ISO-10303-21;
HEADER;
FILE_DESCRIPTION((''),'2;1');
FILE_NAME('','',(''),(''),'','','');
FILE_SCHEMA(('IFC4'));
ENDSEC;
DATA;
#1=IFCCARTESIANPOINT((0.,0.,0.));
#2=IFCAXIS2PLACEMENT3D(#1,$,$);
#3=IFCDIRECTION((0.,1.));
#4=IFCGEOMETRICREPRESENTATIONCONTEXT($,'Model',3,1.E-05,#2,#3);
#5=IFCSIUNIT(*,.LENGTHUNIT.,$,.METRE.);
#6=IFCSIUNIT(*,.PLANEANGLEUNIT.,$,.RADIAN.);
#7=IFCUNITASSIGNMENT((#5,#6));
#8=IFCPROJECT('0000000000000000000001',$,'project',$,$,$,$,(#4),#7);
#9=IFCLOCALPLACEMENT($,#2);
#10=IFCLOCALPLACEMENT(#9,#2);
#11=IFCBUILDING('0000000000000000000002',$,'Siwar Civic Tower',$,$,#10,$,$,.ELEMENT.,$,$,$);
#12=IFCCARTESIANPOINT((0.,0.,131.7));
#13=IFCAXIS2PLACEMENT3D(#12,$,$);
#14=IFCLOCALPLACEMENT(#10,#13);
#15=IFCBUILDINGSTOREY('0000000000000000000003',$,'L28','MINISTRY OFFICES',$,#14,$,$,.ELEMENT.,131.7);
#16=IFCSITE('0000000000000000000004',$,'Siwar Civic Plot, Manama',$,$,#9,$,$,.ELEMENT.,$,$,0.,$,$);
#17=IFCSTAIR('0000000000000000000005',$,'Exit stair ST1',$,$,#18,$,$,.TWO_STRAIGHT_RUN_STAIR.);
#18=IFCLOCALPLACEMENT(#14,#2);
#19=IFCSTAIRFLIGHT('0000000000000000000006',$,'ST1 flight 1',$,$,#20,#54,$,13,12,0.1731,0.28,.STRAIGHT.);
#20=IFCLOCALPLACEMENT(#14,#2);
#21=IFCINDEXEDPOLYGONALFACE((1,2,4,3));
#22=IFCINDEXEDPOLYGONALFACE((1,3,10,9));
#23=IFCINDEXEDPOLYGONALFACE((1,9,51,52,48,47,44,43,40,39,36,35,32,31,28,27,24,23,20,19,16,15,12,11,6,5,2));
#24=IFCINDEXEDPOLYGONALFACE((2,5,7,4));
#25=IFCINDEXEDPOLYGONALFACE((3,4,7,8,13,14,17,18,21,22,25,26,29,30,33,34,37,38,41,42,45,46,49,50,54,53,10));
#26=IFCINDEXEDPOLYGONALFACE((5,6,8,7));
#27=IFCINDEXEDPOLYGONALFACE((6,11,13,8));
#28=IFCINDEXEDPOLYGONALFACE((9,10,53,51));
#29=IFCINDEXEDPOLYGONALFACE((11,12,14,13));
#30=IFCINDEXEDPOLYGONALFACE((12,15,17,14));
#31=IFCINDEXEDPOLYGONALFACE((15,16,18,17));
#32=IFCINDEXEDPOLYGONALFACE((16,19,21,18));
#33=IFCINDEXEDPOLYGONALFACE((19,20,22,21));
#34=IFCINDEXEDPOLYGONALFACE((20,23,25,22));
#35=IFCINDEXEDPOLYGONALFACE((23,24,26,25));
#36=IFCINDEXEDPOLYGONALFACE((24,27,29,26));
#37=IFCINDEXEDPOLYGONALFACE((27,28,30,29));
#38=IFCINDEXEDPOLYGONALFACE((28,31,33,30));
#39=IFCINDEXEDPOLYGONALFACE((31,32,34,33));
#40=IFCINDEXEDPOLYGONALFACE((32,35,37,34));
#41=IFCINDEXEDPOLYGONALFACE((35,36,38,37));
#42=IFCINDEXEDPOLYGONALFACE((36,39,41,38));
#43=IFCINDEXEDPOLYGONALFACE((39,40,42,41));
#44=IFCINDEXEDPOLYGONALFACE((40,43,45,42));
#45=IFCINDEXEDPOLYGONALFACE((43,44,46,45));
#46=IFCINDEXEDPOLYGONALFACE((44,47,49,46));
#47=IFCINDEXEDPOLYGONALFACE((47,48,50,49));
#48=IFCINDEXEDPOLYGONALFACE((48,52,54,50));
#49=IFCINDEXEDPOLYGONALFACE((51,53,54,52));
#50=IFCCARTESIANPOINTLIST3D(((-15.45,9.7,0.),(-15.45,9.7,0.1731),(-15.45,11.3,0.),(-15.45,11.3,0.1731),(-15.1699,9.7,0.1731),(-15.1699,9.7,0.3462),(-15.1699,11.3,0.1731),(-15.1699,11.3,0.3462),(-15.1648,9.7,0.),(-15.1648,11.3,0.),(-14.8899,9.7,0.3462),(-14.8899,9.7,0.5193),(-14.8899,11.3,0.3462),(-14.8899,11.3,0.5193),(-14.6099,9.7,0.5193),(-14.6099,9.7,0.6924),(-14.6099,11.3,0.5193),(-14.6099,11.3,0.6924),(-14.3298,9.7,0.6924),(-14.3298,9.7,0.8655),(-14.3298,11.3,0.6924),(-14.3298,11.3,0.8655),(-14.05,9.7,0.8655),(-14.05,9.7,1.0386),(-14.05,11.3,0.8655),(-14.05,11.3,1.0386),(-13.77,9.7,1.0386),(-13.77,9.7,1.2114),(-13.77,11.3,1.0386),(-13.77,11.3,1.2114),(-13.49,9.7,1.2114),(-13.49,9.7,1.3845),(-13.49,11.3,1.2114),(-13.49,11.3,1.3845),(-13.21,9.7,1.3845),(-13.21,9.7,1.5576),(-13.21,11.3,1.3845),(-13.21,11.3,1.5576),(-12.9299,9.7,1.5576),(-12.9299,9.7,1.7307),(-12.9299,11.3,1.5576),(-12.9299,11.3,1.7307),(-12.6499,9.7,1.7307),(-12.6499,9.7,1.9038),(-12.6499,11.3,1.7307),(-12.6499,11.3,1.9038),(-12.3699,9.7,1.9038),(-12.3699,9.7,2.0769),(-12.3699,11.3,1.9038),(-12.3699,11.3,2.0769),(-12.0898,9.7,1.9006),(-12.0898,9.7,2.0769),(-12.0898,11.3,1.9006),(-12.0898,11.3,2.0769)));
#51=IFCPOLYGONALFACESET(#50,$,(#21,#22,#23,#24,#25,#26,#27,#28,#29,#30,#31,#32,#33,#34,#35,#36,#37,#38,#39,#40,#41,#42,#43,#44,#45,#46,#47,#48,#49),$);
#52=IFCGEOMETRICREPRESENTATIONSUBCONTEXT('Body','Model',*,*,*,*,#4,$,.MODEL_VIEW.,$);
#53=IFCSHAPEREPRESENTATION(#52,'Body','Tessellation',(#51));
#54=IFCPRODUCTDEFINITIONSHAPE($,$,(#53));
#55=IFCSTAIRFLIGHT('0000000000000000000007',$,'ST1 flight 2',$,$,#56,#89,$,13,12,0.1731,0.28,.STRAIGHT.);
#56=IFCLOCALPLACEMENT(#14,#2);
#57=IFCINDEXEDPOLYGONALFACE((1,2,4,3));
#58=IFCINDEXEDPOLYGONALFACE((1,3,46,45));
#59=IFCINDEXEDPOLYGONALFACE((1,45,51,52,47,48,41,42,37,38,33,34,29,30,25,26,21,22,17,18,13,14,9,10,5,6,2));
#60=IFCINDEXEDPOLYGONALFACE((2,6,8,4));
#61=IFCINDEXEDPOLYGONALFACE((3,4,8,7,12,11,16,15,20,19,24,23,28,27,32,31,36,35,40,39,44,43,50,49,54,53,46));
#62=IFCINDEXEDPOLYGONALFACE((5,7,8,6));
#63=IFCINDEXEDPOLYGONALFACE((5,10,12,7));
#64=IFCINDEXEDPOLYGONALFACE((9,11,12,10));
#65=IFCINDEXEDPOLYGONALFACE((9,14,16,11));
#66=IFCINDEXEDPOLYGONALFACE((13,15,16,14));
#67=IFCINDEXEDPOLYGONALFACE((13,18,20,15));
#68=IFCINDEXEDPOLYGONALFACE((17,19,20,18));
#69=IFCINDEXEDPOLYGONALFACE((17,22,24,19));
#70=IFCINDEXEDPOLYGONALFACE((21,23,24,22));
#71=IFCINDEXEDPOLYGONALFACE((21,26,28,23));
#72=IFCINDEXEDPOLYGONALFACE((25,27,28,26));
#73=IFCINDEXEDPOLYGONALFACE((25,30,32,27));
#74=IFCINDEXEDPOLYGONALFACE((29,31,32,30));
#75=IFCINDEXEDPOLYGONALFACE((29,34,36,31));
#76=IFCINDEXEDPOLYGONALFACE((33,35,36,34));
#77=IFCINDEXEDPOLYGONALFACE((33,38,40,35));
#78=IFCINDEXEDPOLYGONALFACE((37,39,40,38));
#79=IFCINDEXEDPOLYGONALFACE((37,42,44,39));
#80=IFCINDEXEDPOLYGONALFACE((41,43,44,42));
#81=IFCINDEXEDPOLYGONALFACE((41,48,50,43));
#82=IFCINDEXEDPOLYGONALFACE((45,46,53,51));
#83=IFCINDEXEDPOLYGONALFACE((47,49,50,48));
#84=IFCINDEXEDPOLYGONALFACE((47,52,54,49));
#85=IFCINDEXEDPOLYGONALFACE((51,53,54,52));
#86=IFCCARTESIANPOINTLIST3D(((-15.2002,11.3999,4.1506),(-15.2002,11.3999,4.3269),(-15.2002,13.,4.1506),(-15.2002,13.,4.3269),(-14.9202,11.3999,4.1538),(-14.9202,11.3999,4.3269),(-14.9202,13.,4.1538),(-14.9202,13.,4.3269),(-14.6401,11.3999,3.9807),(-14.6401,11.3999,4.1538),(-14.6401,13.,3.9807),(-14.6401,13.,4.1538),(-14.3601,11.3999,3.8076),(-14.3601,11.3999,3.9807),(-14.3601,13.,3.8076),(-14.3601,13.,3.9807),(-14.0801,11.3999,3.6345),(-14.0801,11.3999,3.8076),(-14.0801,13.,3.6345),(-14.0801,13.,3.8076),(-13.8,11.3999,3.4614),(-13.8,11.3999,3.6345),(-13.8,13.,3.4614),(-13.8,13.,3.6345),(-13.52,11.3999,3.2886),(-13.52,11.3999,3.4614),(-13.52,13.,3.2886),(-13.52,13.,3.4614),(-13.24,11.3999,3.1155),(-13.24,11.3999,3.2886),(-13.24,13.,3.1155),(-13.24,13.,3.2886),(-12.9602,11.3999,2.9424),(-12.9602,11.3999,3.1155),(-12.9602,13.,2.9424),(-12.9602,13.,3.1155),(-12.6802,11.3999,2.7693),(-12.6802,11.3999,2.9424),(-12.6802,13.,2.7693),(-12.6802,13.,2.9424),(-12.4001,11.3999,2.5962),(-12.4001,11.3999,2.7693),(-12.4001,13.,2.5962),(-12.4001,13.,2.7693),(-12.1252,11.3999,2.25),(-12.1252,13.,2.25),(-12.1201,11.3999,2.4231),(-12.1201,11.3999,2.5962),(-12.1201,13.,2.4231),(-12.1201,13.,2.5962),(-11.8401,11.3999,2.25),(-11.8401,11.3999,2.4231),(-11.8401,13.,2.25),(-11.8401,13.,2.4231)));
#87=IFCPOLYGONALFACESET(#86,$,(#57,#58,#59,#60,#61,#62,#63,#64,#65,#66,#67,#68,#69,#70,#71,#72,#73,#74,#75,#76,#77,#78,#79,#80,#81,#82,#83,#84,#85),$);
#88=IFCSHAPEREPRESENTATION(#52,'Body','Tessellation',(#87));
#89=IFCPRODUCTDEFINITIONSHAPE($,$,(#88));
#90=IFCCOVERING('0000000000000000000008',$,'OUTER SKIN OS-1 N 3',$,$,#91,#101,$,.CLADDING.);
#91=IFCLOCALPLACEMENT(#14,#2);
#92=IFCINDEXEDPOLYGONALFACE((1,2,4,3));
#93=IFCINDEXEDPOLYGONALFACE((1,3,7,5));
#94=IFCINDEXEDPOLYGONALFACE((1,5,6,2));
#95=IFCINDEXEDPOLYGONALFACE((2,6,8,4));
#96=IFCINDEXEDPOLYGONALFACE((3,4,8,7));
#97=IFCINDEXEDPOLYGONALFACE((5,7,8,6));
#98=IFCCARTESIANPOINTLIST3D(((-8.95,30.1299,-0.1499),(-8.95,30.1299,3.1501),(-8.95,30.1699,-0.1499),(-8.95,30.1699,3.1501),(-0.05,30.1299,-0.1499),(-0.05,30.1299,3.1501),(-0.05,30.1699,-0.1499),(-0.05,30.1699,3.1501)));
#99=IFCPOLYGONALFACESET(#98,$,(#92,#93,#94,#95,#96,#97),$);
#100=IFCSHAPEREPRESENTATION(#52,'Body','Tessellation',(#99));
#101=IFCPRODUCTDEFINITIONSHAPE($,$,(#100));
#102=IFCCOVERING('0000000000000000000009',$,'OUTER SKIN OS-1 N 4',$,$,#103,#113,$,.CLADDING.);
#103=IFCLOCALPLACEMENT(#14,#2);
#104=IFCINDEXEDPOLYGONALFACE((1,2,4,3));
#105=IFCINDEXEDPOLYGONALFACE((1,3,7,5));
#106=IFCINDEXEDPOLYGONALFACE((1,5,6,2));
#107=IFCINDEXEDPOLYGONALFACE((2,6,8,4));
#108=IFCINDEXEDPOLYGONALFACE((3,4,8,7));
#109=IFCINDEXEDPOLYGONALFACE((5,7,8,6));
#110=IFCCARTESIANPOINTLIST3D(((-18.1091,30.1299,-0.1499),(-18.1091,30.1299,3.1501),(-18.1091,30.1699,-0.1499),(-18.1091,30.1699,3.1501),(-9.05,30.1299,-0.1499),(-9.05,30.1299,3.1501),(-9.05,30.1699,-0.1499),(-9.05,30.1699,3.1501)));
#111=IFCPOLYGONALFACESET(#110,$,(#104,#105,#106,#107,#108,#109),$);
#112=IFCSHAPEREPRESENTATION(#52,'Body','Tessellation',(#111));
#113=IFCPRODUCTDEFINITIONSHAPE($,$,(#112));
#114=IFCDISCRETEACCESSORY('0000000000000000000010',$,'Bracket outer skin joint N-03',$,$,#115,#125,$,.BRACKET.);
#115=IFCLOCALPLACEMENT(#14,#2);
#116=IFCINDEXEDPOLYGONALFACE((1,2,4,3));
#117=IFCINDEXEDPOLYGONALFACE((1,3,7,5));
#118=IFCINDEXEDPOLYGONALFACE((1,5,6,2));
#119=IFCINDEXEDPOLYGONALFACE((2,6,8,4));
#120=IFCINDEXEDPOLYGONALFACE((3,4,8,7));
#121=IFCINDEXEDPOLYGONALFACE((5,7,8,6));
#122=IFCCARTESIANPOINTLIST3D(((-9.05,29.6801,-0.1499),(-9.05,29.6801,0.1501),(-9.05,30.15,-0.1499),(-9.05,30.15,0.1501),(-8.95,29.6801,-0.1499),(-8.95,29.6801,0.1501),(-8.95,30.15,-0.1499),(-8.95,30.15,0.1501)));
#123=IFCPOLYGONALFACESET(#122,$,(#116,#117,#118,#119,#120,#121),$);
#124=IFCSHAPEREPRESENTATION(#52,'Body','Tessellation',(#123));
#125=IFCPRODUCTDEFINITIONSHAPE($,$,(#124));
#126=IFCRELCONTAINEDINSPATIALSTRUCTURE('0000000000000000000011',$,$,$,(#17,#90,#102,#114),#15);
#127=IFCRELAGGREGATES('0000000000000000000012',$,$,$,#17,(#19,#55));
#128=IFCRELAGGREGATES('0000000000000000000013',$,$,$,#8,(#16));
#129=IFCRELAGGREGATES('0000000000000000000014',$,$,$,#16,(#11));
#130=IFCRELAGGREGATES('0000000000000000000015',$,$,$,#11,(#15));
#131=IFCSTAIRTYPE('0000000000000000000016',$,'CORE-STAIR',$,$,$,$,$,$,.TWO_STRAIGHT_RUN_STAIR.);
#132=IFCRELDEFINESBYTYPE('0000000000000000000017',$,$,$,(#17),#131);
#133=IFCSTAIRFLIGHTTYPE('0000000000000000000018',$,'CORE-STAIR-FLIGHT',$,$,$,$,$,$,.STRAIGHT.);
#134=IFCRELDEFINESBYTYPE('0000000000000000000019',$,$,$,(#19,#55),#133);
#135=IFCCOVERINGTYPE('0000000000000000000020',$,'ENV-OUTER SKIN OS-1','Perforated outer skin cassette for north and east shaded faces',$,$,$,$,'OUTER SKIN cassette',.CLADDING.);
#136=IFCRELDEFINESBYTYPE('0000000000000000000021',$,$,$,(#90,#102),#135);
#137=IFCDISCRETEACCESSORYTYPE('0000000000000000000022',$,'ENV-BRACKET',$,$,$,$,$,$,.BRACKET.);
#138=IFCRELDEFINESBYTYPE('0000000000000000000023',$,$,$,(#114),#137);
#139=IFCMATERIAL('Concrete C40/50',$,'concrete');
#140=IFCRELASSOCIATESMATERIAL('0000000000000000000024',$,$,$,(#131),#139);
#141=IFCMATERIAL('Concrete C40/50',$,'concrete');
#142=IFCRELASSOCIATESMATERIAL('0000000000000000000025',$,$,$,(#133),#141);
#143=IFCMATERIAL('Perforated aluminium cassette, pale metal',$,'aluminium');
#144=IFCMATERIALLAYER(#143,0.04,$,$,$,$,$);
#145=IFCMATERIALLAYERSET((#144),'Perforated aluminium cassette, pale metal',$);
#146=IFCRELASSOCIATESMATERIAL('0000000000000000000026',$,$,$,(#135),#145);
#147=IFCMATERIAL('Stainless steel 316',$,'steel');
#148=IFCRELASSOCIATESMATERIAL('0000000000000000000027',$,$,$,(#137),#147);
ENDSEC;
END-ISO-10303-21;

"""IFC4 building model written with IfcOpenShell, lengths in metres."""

from ifc_helpers import new_model, si_unit, direction, frame, origin, origin_2d, place, context, subcontext, project, spatial, polyline, rectangle, outline, extrude, material, layer, layer_set, type_object, element, aggregate, save


model = new_model("IFC4")

# Units and contexts
model_context = context("Model", 3, precision=1e-05, world=origin(), true_north=direction((0.0, 1.0)))
body_context = subcontext(model_context, "Body", "Model", "MODEL_VIEW")
ifc_project = project(units=[si_unit("LENGTHUNIT", "METRE"), si_unit("PLANEANGLEUNIT", "RADIAN")], contexts=[model_context])

# Site, building, storey
site_placement = place(None, origin())
site = spatial("IfcSite", under=ifc_project, at=site_placement, Name="Siwar Civic Plot, Manama", CompositionType="ELEMENT", RefElevation=0.0)
building_placement = place(site_placement, origin())
building = spatial("IfcBuilding", under=site, at=building_placement, Name="Siwar Civic Tower", CompositionType="ELEMENT")
storey_placement = place(building_placement, frame((0.0, 0.0, 131.7)))
storey = spatial("IfcBuildingStorey", under=building, at=storey_placement, Name="L28", Description="MINISTRY OFFICES", CompositionType="ELEMENT", Elevation=131.7)

# Stair, stair flights
ifc_material_1 = material(Name="Concrete C40/50", Category="concrete")
stair_type = type_object("IfcStairType", Name="CORE-STAIR", PredefinedType="TWO_STRAIGHT_RUN_STAIR", material=ifc_material_1)
stair_placement = place(storey_placement, origin())
stair = element("IfcStair", 1, at=stair_placement, inside=storey, type_object=stair_type, Name="Exit stair ST1", PredefinedType="TWO_STRAIGHT_RUN_STAIR")
ifc_material_2 = material(Name="Concrete C40/50", Category="concrete")
stair_flight_type = type_object("IfcStairFlightType", Name="CORE-STAIR-FLIGHT", PredefinedType="STRAIGHT", material=ifc_material_2)
stair_flight_1_placement = place(storey_placement, frame((-15.45, 10.5, 0.0), z_axis=(0.0, 0.0, 1.0), x_axis=(1.0, 0.0, 0.0)))
stair_flight_1 = element("IfcStairFlight", 2, at=stair_flight_1_placement, type_object=stair_flight_type, Name="ST1 flight 1", NumberOfRisers=13, NumberOfTreads=12, PredefinedType="STRAIGHT", RiserHeight=0.1731, TreadLength=0.28, context=body_context, shape_type="SweptSolid", body=[
    extrude(outline(polyline([(0.0, 0.0), (0.0, 0.1731), (0.28, 0.1731), (0.28, 0.3462), (0.5601, 0.3462), (0.5601, 0.5193), (0.8401, 0.5193), (0.8401, 0.6924), (1.1201, 0.6924), (1.1201, 0.8655), (1.3999, 0.8655), (1.3999, 1.0386), (1.6799, 1.0386), (1.6799, 1.2114), (1.96, 1.2114), (1.96, 1.3845), (2.24, 1.3845), (2.24, 1.5576), (2.52, 1.5576), (2.52, 1.7307), (2.8, 1.7307), (2.8, 1.9038), (3.0801, 1.9038), (3.0801, 2.0769), (3.3601, 2.0769), (3.3601, 2.25), (3.3601, 1.9006), (0.2852, 0.0), (0.0, 0.0)])), frame((0.0, 0.8, 0.0), z_axis=(0.0, -1.0, 0.0), x_axis=(1.0, 0.0, 0.0)), (0.0, 0.0, 1.0), 1.6001),
])
stair_flight_2_placement = place(storey_placement, frame((-11.8401, 12.2, 2.25), z_axis=(0.0, 0.0, 1.0), x_axis=(-1.0, 0.0, 0.0)))
stair_flight_2 = element("IfcStairFlight", 3, at=stair_flight_2_placement, type_object=stair_flight_type, Name="ST1 flight 2", NumberOfRisers=13, NumberOfTreads=12, PredefinedType="STRAIGHT", RiserHeight=0.1731, TreadLength=0.28, context=body_context, shape_type="SweptSolid", body=[
    extrude(outline(polyline([(0.0, 0.0), (0.0, 0.1731), (0.28, 0.1731), (0.28, 0.3462), (0.5601, 0.3462), (0.5601, 0.5193), (0.8401, 0.5193), (0.8401, 0.6924), (1.1201, 0.6924), (1.1201, 0.8655), (1.3999, 0.8655), (1.3999, 1.0386), (1.6799, 1.0386), (1.6799, 1.2114), (1.96, 1.2114), (1.96, 1.3845), (2.24, 1.3845), (2.24, 1.5576), (2.52, 1.5576), (2.52, 1.7307), (2.8, 1.7307), (2.8, 1.9038), (3.0801, 1.9038), (3.0801, 2.0769), (3.3601, 2.0769), (3.3601, 2.25), (3.3601, 1.9006), (0.2852, 0.0), (0.0, 0.0)])), frame((0.0, 0.8, 0.0), z_axis=(0.0, -1.0, 0.0), x_axis=(1.0, 0.0, 0.0)), (0.0, 0.0, 1.0), 1.6001),
])
aggregate(stair, [stair_flight_1, stair_flight_2])

# Coverings
ifc_material_3 = material(Name="Perforated aluminium cassette, pale metal", Category="aluminium")
ifc_layer_1 = layer(ifc_material_3, 0.04)
ifc_layer_set_1 = layer_set([ifc_layer_1], Name="Perforated aluminium cassette, pale metal")
covering_type = type_object("IfcCoveringType", Name="ENV-OUTER SKIN OS-1", Description="Perforated outer skin cassette for north and east shaded faces", ElementType="OUTER SKIN cassette", PredefinedType="CLADDING", material=ifc_layer_set_1)
covering_1_placement = place(storey_placement, frame((-4.5, 30.1499, -0.1499), z_axis=(0.0, 0.0, 1.0), x_axis=(-1.0, 0.0, 0.0)))
element("IfcCovering", 4, at=covering_1_placement, inside=storey, type_object=covering_type, Name="OUTER SKIN OS-1 N 3", PredefinedType="CLADDING", context=body_context, shape_type="SweptSolid", body=[
    extrude(rectangle(XDim=8.8999, YDim=0.04, at=origin_2d()), origin(), (0.0, 0.0, 1.0), 3.3),
])
covering_2_placement = place(storey_placement, frame((-13.5796, 30.1499, -0.1499), z_axis=(0.0, 0.0, 1.0), x_axis=(-1.0, 0.0, 0.0)))
element("IfcCovering", 5, at=covering_2_placement, inside=storey, type_object=covering_type, Name="OUTER SKIN OS-1 N 4", PredefinedType="CLADDING", context=body_context, shape_type="SweptSolid", body=[
    extrude(rectangle(XDim=9.0591, YDim=0.04, at=origin_2d()), origin(), (0.0, 0.0, 1.0), 3.3),
])

# Discrete accessory
ifc_material_4 = material(Name="Stainless steel 316", Category="steel")
discrete_accessory_type = type_object("IfcDiscreteAccessoryType", Name="ENV-BRACKET", PredefinedType="BRACKET", material=ifc_material_4)
discrete_accessory_placement = place(storey_placement, frame((-9.0, 29.915, -0.1499), z_axis=(0.0, 0.0, 1.0), x_axis=(0.0, 1.0, 0.0)))
element("IfcDiscreteAccessory", 6, at=discrete_accessory_placement, inside=storey, type_object=discrete_accessory_type, Name="Bracket outer skin joint N-03", PredefinedType="BRACKET", context=body_context, shape_type="SweptSolid", body=[
    extrude(rectangle(XDim=0.47, YDim=0.1001, at=origin_2d()), origin(), (0.0, 0.0, 1.0), 0.3),
])

save(model, "model.ifc")
